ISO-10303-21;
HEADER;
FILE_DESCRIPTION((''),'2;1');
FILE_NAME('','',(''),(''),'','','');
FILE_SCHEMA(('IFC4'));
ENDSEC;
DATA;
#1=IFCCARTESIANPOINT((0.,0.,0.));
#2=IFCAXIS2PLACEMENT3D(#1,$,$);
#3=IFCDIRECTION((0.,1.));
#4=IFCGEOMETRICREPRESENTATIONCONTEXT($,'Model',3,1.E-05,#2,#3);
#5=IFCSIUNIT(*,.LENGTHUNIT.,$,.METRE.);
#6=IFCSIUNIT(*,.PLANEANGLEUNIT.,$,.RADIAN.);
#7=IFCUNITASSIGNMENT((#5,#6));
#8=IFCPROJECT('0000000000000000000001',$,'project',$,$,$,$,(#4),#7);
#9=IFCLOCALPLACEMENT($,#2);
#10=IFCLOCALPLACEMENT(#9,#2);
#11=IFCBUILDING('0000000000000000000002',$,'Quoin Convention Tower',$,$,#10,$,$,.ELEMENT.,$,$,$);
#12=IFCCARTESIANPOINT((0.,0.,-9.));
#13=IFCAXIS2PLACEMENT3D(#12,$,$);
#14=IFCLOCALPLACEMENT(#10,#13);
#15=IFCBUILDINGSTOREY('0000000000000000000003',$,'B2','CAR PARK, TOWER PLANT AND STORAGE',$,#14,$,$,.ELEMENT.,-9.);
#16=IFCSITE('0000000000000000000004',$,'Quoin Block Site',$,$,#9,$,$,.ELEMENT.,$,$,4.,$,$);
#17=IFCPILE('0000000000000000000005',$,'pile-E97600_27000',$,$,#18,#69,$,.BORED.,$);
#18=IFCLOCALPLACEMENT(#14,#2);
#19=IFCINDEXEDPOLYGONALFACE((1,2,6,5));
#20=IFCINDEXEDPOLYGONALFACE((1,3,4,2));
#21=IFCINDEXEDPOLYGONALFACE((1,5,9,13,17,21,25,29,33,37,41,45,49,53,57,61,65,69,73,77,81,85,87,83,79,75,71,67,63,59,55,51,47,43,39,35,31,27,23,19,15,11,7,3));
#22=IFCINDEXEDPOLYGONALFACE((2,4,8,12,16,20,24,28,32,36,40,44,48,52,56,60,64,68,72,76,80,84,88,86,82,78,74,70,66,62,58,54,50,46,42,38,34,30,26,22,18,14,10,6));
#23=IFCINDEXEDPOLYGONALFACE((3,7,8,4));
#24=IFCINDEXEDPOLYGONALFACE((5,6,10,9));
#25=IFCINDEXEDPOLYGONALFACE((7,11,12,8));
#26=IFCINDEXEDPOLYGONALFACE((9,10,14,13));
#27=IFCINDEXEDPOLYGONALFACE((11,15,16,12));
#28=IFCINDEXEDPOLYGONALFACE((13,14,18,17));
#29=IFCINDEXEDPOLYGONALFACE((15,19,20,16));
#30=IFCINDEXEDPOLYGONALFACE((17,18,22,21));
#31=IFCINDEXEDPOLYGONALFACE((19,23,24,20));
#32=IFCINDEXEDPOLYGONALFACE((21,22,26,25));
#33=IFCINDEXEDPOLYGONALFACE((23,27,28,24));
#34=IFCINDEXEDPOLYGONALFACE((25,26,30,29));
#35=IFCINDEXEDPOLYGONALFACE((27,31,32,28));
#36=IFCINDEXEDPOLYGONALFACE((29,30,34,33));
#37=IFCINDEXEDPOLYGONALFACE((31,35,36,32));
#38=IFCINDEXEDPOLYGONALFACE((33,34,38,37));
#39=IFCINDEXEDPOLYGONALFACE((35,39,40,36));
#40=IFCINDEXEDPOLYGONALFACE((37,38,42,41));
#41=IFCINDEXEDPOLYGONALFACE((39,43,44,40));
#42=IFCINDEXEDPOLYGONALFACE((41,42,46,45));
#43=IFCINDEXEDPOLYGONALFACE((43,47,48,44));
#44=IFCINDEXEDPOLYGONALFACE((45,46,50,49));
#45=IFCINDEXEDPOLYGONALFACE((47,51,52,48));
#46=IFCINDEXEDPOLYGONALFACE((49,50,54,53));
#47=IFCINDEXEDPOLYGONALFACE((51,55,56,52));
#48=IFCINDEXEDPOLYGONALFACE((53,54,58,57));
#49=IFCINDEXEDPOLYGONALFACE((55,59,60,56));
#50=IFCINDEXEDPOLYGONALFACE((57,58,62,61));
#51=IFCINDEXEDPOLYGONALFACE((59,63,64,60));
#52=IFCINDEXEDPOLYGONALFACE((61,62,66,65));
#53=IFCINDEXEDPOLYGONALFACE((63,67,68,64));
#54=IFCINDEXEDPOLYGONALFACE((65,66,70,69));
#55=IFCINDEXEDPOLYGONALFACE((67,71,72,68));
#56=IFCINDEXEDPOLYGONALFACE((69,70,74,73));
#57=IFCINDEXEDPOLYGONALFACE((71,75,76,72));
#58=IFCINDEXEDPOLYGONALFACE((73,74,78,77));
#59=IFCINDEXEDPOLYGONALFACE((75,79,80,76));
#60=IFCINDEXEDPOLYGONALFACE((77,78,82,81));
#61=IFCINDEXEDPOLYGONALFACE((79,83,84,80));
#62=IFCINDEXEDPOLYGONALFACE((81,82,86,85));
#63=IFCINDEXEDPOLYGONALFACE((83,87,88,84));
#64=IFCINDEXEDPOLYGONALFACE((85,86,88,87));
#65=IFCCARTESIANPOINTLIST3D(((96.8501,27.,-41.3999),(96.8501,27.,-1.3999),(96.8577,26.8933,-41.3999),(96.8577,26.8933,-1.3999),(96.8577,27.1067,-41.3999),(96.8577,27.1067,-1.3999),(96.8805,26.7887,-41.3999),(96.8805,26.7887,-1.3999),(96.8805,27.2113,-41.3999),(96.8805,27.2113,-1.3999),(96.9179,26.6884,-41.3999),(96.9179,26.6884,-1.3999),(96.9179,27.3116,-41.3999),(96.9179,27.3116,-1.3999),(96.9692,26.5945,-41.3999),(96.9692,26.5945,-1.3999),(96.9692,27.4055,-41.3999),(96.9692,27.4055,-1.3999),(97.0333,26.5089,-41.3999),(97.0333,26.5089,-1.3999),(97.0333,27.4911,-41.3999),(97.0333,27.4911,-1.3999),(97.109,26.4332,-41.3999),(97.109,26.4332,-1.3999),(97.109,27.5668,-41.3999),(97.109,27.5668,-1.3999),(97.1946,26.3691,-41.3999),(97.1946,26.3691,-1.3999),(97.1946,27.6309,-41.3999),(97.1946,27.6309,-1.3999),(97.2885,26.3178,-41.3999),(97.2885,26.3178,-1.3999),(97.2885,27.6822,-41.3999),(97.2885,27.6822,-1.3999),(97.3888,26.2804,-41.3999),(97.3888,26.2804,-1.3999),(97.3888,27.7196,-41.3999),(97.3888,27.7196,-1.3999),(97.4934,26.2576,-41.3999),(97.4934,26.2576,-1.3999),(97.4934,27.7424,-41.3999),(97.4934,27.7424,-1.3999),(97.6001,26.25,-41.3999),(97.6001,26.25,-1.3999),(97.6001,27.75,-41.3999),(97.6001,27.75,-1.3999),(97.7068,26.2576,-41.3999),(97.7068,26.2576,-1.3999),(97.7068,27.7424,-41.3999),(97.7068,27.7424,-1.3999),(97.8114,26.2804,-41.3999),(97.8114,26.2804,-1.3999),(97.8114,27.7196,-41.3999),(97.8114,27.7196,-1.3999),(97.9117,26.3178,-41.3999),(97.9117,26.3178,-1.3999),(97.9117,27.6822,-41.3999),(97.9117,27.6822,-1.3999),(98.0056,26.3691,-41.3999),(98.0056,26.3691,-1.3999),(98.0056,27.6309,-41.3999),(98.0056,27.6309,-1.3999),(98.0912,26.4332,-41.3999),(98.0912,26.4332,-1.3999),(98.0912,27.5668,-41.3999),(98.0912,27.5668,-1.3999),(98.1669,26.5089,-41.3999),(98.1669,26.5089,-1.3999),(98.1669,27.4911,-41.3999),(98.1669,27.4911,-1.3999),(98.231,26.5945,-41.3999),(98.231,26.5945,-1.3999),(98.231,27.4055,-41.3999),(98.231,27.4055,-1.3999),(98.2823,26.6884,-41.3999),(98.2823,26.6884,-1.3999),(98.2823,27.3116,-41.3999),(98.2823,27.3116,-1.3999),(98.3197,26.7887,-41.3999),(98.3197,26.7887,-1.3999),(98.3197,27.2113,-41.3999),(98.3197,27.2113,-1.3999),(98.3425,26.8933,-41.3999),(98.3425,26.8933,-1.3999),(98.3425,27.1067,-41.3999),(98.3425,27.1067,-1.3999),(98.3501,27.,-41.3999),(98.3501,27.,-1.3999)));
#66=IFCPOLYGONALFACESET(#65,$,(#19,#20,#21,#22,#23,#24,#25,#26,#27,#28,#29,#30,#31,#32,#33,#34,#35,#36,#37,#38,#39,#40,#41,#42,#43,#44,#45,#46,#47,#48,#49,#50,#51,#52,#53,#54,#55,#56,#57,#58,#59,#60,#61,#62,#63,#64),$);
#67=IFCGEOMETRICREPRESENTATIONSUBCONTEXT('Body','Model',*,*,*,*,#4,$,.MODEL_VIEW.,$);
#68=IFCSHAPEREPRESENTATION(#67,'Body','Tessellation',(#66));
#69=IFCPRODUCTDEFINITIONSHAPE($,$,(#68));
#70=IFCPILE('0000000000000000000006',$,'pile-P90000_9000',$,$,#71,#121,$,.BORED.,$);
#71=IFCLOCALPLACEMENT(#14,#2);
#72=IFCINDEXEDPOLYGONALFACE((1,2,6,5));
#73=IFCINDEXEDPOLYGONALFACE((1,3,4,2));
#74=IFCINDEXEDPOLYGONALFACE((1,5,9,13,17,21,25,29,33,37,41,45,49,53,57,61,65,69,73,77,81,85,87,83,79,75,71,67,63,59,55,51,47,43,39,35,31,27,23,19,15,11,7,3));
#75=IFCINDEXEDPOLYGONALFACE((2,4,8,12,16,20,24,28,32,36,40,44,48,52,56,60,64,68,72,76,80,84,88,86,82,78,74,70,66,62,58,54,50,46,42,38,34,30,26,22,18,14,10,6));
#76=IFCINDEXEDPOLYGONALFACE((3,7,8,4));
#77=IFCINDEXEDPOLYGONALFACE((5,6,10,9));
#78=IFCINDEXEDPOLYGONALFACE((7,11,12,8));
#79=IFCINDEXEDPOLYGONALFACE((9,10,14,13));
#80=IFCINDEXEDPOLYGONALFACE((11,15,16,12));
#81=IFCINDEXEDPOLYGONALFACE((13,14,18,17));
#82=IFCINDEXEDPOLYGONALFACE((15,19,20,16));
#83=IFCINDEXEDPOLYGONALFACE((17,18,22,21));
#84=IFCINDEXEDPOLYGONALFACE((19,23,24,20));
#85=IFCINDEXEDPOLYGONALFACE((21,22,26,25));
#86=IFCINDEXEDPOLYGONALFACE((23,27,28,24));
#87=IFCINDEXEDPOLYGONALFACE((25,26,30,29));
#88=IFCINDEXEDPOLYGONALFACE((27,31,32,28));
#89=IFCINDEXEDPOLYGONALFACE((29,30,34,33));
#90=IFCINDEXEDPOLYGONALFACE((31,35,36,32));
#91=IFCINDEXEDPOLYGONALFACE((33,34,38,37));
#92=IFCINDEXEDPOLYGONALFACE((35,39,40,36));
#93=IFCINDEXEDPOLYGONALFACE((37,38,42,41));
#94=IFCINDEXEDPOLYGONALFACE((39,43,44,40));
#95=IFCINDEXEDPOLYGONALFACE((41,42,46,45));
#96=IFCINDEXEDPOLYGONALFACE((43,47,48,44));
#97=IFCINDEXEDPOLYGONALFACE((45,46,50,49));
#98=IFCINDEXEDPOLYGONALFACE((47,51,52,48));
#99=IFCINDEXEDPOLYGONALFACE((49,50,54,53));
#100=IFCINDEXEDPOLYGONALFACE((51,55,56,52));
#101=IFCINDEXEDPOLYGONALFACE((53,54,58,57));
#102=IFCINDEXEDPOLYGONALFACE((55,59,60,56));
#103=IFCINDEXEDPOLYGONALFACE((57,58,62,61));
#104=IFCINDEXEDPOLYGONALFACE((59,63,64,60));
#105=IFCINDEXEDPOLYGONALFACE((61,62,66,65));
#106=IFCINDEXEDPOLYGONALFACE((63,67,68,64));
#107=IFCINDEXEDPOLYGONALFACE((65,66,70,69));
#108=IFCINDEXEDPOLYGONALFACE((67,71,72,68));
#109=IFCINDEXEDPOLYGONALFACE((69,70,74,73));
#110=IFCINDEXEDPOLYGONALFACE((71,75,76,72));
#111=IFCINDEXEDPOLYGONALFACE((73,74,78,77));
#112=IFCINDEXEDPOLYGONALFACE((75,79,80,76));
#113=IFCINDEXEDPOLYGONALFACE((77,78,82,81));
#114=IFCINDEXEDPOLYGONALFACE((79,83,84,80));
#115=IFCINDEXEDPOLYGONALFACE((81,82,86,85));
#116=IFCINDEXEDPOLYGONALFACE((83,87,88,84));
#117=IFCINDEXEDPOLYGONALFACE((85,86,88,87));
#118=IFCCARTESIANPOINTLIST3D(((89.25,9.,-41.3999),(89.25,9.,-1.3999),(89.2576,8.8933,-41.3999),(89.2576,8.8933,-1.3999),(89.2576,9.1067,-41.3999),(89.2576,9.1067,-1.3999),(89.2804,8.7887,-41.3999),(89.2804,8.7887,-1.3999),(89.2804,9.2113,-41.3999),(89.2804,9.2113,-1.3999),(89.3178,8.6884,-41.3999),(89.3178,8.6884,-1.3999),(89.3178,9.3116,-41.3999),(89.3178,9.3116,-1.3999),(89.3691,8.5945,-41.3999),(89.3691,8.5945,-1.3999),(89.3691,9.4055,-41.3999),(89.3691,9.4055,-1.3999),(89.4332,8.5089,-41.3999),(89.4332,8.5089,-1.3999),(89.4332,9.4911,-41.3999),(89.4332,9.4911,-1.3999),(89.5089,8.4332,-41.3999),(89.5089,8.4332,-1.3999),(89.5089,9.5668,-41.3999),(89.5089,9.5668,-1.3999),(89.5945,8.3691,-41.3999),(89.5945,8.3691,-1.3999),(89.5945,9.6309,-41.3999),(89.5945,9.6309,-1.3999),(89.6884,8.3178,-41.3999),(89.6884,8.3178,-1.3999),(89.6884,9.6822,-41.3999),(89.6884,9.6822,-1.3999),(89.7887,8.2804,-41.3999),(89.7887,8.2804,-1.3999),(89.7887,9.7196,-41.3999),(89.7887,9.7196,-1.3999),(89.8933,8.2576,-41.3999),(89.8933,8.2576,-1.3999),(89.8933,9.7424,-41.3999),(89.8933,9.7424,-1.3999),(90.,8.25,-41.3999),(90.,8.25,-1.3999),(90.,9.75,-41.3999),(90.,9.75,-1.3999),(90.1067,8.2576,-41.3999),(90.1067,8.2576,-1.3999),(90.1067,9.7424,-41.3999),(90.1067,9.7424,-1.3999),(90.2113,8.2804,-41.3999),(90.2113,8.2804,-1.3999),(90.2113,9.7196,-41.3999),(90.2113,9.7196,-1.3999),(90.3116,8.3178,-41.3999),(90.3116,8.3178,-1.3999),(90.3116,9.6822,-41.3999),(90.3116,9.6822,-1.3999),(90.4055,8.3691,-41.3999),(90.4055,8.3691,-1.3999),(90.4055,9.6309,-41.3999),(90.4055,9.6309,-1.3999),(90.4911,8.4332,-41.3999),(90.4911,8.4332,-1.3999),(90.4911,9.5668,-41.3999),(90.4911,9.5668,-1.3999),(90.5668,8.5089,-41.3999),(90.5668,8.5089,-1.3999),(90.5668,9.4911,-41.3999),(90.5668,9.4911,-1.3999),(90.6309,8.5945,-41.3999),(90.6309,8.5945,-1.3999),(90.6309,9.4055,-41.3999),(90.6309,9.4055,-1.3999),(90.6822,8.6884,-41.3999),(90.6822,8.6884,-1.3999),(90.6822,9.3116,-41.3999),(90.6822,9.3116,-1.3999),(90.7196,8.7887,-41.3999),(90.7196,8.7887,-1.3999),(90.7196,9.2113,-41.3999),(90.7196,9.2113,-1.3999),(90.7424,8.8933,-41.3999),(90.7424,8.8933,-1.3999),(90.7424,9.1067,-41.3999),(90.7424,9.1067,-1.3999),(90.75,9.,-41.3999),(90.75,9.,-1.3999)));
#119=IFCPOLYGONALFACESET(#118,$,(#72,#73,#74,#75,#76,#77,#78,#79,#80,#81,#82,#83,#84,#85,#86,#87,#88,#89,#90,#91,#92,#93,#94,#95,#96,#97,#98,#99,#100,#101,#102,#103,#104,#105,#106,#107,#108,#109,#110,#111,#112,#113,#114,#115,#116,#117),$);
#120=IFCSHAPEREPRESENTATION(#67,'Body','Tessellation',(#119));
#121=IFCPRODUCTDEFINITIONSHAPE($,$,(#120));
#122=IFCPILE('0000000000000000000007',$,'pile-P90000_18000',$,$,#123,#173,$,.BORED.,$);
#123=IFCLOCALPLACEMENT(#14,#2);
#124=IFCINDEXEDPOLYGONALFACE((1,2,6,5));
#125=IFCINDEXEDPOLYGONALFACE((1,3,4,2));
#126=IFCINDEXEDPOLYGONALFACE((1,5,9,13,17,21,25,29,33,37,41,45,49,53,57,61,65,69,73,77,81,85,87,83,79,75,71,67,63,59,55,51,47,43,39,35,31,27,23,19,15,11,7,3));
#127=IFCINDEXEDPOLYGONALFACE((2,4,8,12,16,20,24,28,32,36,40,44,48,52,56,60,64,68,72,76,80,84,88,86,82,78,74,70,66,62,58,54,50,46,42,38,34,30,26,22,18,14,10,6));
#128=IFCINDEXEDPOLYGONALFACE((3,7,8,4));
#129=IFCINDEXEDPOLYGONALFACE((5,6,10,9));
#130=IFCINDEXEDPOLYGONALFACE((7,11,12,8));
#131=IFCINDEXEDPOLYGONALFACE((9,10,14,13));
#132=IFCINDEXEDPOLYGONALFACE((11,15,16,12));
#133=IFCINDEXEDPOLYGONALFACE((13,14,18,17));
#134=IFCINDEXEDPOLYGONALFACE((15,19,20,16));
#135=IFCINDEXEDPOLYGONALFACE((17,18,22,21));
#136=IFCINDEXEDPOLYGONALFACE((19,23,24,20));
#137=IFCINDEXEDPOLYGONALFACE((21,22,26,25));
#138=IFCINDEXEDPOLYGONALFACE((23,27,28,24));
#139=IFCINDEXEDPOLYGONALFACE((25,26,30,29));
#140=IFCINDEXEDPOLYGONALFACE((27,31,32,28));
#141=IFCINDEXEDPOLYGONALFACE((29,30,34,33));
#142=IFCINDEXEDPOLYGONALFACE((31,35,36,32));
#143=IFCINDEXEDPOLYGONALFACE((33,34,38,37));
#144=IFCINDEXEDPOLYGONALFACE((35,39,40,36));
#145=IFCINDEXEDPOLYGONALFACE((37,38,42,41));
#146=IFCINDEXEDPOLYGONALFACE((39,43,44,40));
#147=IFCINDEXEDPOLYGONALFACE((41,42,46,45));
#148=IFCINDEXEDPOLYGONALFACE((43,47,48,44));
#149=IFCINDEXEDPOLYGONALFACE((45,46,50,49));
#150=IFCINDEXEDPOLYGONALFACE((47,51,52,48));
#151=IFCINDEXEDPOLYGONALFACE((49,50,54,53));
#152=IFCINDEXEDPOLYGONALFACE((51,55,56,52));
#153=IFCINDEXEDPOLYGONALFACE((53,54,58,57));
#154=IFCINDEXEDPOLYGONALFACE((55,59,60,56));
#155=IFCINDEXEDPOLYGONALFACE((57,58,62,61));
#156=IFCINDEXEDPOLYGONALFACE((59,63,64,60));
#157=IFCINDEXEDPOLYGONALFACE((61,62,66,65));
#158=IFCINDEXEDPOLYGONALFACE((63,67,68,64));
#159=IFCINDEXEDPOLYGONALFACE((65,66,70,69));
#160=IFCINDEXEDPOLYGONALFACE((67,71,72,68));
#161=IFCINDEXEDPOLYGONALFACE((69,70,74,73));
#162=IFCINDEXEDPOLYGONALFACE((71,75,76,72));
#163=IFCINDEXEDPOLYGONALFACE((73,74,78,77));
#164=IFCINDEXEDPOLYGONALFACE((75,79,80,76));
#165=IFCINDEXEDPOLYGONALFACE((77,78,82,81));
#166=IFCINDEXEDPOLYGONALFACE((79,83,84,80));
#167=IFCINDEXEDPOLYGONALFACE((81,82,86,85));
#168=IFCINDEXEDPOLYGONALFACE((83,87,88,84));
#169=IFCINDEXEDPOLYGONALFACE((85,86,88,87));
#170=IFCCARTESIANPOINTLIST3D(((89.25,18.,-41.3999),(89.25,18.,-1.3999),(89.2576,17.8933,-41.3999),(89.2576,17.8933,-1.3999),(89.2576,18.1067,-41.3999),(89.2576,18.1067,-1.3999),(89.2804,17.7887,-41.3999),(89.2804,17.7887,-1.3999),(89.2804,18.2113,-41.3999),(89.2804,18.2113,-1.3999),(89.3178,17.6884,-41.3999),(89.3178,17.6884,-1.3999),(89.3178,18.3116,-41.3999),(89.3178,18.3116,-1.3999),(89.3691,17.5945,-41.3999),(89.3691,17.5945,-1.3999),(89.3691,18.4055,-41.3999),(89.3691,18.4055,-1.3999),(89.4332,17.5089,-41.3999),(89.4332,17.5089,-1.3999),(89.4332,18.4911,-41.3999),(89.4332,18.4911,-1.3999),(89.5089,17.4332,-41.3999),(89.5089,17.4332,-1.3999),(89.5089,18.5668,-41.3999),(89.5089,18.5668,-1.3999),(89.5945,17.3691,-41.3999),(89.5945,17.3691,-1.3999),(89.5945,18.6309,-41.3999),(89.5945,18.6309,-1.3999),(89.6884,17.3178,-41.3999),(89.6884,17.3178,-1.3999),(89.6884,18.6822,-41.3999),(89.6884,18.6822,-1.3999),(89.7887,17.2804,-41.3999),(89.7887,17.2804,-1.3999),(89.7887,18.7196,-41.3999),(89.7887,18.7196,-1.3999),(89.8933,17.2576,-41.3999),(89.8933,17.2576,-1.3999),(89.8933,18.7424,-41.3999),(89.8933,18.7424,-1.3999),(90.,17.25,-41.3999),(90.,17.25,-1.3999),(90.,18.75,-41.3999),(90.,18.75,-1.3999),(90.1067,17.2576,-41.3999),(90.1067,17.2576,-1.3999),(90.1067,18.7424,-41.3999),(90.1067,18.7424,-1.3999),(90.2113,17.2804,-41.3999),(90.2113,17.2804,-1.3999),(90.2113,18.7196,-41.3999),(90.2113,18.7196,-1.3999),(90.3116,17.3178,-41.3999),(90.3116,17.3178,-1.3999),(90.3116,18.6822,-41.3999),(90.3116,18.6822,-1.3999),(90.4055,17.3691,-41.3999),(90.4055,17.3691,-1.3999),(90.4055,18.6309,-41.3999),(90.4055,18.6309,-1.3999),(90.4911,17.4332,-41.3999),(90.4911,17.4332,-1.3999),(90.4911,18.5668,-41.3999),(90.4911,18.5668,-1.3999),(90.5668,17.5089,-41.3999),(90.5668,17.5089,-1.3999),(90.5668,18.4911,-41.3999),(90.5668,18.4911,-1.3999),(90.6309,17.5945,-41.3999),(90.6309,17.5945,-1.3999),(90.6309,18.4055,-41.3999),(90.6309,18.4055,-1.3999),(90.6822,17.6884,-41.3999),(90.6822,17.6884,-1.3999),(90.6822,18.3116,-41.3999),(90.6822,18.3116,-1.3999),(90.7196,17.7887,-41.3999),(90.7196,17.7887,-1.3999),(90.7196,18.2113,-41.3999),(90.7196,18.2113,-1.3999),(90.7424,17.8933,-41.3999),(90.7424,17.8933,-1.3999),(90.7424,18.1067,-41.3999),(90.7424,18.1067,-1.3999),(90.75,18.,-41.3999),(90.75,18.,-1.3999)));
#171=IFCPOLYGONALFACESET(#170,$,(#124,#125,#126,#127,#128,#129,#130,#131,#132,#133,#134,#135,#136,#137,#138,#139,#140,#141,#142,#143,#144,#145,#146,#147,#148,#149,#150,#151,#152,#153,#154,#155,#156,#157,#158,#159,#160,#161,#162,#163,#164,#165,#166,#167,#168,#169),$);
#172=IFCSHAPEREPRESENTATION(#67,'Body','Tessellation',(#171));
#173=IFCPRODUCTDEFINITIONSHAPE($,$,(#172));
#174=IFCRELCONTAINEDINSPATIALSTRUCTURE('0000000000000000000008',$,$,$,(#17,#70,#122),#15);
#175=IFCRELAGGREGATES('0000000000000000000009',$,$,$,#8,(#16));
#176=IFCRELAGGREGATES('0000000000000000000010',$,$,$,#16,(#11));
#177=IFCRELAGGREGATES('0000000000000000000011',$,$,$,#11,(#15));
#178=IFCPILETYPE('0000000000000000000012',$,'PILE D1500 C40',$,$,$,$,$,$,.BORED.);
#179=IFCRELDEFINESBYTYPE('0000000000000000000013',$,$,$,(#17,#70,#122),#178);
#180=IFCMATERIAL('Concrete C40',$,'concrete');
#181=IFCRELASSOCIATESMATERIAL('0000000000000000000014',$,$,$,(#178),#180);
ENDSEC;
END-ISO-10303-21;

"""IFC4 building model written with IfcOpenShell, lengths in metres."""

from ifc_helpers import new_model, si_unit, direction, frame, origin, origin_2d, place, context, subcontext, project, spatial, circle, extrude, material, material_profile, profile_set, type_object, element, save


model = new_model("IFC4")

# Units and contexts
model_context = context("Model", 3, precision=1e-05, world=origin(), true_north=direction((0.0, 1.0)))
body_context = subcontext(model_context, "Body", "Model", "MODEL_VIEW")
ifc_project = project(units=[si_unit("LENGTHUNIT", "METRE"), si_unit("PLANEANGLEUNIT", "RADIAN")], contexts=[model_context])

# Site, building, storey
site_placement = place(None, origin())
site = spatial("IfcSite", under=ifc_project, at=site_placement, Name="Quoin Block Site", CompositionType="ELEMENT", RefElevation=4.0)
building_placement = place(site_placement, origin())
building = spatial("IfcBuilding", under=site, at=building_placement, Name="Quoin Convention Tower", CompositionType="ELEMENT")
storey_placement = place(building_placement, frame((0.0, 0.0, -9.0)))
storey = spatial("IfcBuildingStorey", under=building, at=storey_placement, Name="B2", Description="CAR PARK, TOWER PLANT AND STORAGE", CompositionType="ELEMENT", Elevation=-9.0)

# Piles
ifc_material_1 = material(Name="Concrete C40", Category="concrete")
ifc_material_profile_1 = material_profile(ifc_material_1, circle(Radius=0.75, at=origin_2d()), Name="D1500")
ifc_profile_set_1 = profile_set([ifc_material_profile_1], Name="Concrete C40")
pile_type = type_object("IfcPileType", Name="PILE D1500 C40", PredefinedType="BORED", material=ifc_profile_set_1)
for number, where, z_axis, x_axis, name in (
    (1, (97.6001, 27.0, -1.3999), (0.0, 0.0, -1.0), (1.0, 0.0, 0.0), "pile-E97600_27000"),
    (2, (90.0, 9.0, -1.3999), (0.0, 0.0, -1.0), (1.0, 0.0, 0.0), "pile-P90000_9000"),
    (3, (90.0, 18.0, -1.3999), (0.0, 0.0, -1.0), (1.0, 0.0, 0.0), "pile-P90000_18000"),
):
    element("IfcPile", number, at=place(storey_placement, frame(where, z_axis=z_axis, x_axis=x_axis)), inside=storey, type_object=pile_type, Name=name, PredefinedType="BORED", context=body_context, shape_type="SweptSolid", body=[
        extrude(circle(Radius=0.75, at=origin_2d()), origin(), (0.0, 0.0, 1.0), 40.0),
    ])

save(model, "model.ifc")
